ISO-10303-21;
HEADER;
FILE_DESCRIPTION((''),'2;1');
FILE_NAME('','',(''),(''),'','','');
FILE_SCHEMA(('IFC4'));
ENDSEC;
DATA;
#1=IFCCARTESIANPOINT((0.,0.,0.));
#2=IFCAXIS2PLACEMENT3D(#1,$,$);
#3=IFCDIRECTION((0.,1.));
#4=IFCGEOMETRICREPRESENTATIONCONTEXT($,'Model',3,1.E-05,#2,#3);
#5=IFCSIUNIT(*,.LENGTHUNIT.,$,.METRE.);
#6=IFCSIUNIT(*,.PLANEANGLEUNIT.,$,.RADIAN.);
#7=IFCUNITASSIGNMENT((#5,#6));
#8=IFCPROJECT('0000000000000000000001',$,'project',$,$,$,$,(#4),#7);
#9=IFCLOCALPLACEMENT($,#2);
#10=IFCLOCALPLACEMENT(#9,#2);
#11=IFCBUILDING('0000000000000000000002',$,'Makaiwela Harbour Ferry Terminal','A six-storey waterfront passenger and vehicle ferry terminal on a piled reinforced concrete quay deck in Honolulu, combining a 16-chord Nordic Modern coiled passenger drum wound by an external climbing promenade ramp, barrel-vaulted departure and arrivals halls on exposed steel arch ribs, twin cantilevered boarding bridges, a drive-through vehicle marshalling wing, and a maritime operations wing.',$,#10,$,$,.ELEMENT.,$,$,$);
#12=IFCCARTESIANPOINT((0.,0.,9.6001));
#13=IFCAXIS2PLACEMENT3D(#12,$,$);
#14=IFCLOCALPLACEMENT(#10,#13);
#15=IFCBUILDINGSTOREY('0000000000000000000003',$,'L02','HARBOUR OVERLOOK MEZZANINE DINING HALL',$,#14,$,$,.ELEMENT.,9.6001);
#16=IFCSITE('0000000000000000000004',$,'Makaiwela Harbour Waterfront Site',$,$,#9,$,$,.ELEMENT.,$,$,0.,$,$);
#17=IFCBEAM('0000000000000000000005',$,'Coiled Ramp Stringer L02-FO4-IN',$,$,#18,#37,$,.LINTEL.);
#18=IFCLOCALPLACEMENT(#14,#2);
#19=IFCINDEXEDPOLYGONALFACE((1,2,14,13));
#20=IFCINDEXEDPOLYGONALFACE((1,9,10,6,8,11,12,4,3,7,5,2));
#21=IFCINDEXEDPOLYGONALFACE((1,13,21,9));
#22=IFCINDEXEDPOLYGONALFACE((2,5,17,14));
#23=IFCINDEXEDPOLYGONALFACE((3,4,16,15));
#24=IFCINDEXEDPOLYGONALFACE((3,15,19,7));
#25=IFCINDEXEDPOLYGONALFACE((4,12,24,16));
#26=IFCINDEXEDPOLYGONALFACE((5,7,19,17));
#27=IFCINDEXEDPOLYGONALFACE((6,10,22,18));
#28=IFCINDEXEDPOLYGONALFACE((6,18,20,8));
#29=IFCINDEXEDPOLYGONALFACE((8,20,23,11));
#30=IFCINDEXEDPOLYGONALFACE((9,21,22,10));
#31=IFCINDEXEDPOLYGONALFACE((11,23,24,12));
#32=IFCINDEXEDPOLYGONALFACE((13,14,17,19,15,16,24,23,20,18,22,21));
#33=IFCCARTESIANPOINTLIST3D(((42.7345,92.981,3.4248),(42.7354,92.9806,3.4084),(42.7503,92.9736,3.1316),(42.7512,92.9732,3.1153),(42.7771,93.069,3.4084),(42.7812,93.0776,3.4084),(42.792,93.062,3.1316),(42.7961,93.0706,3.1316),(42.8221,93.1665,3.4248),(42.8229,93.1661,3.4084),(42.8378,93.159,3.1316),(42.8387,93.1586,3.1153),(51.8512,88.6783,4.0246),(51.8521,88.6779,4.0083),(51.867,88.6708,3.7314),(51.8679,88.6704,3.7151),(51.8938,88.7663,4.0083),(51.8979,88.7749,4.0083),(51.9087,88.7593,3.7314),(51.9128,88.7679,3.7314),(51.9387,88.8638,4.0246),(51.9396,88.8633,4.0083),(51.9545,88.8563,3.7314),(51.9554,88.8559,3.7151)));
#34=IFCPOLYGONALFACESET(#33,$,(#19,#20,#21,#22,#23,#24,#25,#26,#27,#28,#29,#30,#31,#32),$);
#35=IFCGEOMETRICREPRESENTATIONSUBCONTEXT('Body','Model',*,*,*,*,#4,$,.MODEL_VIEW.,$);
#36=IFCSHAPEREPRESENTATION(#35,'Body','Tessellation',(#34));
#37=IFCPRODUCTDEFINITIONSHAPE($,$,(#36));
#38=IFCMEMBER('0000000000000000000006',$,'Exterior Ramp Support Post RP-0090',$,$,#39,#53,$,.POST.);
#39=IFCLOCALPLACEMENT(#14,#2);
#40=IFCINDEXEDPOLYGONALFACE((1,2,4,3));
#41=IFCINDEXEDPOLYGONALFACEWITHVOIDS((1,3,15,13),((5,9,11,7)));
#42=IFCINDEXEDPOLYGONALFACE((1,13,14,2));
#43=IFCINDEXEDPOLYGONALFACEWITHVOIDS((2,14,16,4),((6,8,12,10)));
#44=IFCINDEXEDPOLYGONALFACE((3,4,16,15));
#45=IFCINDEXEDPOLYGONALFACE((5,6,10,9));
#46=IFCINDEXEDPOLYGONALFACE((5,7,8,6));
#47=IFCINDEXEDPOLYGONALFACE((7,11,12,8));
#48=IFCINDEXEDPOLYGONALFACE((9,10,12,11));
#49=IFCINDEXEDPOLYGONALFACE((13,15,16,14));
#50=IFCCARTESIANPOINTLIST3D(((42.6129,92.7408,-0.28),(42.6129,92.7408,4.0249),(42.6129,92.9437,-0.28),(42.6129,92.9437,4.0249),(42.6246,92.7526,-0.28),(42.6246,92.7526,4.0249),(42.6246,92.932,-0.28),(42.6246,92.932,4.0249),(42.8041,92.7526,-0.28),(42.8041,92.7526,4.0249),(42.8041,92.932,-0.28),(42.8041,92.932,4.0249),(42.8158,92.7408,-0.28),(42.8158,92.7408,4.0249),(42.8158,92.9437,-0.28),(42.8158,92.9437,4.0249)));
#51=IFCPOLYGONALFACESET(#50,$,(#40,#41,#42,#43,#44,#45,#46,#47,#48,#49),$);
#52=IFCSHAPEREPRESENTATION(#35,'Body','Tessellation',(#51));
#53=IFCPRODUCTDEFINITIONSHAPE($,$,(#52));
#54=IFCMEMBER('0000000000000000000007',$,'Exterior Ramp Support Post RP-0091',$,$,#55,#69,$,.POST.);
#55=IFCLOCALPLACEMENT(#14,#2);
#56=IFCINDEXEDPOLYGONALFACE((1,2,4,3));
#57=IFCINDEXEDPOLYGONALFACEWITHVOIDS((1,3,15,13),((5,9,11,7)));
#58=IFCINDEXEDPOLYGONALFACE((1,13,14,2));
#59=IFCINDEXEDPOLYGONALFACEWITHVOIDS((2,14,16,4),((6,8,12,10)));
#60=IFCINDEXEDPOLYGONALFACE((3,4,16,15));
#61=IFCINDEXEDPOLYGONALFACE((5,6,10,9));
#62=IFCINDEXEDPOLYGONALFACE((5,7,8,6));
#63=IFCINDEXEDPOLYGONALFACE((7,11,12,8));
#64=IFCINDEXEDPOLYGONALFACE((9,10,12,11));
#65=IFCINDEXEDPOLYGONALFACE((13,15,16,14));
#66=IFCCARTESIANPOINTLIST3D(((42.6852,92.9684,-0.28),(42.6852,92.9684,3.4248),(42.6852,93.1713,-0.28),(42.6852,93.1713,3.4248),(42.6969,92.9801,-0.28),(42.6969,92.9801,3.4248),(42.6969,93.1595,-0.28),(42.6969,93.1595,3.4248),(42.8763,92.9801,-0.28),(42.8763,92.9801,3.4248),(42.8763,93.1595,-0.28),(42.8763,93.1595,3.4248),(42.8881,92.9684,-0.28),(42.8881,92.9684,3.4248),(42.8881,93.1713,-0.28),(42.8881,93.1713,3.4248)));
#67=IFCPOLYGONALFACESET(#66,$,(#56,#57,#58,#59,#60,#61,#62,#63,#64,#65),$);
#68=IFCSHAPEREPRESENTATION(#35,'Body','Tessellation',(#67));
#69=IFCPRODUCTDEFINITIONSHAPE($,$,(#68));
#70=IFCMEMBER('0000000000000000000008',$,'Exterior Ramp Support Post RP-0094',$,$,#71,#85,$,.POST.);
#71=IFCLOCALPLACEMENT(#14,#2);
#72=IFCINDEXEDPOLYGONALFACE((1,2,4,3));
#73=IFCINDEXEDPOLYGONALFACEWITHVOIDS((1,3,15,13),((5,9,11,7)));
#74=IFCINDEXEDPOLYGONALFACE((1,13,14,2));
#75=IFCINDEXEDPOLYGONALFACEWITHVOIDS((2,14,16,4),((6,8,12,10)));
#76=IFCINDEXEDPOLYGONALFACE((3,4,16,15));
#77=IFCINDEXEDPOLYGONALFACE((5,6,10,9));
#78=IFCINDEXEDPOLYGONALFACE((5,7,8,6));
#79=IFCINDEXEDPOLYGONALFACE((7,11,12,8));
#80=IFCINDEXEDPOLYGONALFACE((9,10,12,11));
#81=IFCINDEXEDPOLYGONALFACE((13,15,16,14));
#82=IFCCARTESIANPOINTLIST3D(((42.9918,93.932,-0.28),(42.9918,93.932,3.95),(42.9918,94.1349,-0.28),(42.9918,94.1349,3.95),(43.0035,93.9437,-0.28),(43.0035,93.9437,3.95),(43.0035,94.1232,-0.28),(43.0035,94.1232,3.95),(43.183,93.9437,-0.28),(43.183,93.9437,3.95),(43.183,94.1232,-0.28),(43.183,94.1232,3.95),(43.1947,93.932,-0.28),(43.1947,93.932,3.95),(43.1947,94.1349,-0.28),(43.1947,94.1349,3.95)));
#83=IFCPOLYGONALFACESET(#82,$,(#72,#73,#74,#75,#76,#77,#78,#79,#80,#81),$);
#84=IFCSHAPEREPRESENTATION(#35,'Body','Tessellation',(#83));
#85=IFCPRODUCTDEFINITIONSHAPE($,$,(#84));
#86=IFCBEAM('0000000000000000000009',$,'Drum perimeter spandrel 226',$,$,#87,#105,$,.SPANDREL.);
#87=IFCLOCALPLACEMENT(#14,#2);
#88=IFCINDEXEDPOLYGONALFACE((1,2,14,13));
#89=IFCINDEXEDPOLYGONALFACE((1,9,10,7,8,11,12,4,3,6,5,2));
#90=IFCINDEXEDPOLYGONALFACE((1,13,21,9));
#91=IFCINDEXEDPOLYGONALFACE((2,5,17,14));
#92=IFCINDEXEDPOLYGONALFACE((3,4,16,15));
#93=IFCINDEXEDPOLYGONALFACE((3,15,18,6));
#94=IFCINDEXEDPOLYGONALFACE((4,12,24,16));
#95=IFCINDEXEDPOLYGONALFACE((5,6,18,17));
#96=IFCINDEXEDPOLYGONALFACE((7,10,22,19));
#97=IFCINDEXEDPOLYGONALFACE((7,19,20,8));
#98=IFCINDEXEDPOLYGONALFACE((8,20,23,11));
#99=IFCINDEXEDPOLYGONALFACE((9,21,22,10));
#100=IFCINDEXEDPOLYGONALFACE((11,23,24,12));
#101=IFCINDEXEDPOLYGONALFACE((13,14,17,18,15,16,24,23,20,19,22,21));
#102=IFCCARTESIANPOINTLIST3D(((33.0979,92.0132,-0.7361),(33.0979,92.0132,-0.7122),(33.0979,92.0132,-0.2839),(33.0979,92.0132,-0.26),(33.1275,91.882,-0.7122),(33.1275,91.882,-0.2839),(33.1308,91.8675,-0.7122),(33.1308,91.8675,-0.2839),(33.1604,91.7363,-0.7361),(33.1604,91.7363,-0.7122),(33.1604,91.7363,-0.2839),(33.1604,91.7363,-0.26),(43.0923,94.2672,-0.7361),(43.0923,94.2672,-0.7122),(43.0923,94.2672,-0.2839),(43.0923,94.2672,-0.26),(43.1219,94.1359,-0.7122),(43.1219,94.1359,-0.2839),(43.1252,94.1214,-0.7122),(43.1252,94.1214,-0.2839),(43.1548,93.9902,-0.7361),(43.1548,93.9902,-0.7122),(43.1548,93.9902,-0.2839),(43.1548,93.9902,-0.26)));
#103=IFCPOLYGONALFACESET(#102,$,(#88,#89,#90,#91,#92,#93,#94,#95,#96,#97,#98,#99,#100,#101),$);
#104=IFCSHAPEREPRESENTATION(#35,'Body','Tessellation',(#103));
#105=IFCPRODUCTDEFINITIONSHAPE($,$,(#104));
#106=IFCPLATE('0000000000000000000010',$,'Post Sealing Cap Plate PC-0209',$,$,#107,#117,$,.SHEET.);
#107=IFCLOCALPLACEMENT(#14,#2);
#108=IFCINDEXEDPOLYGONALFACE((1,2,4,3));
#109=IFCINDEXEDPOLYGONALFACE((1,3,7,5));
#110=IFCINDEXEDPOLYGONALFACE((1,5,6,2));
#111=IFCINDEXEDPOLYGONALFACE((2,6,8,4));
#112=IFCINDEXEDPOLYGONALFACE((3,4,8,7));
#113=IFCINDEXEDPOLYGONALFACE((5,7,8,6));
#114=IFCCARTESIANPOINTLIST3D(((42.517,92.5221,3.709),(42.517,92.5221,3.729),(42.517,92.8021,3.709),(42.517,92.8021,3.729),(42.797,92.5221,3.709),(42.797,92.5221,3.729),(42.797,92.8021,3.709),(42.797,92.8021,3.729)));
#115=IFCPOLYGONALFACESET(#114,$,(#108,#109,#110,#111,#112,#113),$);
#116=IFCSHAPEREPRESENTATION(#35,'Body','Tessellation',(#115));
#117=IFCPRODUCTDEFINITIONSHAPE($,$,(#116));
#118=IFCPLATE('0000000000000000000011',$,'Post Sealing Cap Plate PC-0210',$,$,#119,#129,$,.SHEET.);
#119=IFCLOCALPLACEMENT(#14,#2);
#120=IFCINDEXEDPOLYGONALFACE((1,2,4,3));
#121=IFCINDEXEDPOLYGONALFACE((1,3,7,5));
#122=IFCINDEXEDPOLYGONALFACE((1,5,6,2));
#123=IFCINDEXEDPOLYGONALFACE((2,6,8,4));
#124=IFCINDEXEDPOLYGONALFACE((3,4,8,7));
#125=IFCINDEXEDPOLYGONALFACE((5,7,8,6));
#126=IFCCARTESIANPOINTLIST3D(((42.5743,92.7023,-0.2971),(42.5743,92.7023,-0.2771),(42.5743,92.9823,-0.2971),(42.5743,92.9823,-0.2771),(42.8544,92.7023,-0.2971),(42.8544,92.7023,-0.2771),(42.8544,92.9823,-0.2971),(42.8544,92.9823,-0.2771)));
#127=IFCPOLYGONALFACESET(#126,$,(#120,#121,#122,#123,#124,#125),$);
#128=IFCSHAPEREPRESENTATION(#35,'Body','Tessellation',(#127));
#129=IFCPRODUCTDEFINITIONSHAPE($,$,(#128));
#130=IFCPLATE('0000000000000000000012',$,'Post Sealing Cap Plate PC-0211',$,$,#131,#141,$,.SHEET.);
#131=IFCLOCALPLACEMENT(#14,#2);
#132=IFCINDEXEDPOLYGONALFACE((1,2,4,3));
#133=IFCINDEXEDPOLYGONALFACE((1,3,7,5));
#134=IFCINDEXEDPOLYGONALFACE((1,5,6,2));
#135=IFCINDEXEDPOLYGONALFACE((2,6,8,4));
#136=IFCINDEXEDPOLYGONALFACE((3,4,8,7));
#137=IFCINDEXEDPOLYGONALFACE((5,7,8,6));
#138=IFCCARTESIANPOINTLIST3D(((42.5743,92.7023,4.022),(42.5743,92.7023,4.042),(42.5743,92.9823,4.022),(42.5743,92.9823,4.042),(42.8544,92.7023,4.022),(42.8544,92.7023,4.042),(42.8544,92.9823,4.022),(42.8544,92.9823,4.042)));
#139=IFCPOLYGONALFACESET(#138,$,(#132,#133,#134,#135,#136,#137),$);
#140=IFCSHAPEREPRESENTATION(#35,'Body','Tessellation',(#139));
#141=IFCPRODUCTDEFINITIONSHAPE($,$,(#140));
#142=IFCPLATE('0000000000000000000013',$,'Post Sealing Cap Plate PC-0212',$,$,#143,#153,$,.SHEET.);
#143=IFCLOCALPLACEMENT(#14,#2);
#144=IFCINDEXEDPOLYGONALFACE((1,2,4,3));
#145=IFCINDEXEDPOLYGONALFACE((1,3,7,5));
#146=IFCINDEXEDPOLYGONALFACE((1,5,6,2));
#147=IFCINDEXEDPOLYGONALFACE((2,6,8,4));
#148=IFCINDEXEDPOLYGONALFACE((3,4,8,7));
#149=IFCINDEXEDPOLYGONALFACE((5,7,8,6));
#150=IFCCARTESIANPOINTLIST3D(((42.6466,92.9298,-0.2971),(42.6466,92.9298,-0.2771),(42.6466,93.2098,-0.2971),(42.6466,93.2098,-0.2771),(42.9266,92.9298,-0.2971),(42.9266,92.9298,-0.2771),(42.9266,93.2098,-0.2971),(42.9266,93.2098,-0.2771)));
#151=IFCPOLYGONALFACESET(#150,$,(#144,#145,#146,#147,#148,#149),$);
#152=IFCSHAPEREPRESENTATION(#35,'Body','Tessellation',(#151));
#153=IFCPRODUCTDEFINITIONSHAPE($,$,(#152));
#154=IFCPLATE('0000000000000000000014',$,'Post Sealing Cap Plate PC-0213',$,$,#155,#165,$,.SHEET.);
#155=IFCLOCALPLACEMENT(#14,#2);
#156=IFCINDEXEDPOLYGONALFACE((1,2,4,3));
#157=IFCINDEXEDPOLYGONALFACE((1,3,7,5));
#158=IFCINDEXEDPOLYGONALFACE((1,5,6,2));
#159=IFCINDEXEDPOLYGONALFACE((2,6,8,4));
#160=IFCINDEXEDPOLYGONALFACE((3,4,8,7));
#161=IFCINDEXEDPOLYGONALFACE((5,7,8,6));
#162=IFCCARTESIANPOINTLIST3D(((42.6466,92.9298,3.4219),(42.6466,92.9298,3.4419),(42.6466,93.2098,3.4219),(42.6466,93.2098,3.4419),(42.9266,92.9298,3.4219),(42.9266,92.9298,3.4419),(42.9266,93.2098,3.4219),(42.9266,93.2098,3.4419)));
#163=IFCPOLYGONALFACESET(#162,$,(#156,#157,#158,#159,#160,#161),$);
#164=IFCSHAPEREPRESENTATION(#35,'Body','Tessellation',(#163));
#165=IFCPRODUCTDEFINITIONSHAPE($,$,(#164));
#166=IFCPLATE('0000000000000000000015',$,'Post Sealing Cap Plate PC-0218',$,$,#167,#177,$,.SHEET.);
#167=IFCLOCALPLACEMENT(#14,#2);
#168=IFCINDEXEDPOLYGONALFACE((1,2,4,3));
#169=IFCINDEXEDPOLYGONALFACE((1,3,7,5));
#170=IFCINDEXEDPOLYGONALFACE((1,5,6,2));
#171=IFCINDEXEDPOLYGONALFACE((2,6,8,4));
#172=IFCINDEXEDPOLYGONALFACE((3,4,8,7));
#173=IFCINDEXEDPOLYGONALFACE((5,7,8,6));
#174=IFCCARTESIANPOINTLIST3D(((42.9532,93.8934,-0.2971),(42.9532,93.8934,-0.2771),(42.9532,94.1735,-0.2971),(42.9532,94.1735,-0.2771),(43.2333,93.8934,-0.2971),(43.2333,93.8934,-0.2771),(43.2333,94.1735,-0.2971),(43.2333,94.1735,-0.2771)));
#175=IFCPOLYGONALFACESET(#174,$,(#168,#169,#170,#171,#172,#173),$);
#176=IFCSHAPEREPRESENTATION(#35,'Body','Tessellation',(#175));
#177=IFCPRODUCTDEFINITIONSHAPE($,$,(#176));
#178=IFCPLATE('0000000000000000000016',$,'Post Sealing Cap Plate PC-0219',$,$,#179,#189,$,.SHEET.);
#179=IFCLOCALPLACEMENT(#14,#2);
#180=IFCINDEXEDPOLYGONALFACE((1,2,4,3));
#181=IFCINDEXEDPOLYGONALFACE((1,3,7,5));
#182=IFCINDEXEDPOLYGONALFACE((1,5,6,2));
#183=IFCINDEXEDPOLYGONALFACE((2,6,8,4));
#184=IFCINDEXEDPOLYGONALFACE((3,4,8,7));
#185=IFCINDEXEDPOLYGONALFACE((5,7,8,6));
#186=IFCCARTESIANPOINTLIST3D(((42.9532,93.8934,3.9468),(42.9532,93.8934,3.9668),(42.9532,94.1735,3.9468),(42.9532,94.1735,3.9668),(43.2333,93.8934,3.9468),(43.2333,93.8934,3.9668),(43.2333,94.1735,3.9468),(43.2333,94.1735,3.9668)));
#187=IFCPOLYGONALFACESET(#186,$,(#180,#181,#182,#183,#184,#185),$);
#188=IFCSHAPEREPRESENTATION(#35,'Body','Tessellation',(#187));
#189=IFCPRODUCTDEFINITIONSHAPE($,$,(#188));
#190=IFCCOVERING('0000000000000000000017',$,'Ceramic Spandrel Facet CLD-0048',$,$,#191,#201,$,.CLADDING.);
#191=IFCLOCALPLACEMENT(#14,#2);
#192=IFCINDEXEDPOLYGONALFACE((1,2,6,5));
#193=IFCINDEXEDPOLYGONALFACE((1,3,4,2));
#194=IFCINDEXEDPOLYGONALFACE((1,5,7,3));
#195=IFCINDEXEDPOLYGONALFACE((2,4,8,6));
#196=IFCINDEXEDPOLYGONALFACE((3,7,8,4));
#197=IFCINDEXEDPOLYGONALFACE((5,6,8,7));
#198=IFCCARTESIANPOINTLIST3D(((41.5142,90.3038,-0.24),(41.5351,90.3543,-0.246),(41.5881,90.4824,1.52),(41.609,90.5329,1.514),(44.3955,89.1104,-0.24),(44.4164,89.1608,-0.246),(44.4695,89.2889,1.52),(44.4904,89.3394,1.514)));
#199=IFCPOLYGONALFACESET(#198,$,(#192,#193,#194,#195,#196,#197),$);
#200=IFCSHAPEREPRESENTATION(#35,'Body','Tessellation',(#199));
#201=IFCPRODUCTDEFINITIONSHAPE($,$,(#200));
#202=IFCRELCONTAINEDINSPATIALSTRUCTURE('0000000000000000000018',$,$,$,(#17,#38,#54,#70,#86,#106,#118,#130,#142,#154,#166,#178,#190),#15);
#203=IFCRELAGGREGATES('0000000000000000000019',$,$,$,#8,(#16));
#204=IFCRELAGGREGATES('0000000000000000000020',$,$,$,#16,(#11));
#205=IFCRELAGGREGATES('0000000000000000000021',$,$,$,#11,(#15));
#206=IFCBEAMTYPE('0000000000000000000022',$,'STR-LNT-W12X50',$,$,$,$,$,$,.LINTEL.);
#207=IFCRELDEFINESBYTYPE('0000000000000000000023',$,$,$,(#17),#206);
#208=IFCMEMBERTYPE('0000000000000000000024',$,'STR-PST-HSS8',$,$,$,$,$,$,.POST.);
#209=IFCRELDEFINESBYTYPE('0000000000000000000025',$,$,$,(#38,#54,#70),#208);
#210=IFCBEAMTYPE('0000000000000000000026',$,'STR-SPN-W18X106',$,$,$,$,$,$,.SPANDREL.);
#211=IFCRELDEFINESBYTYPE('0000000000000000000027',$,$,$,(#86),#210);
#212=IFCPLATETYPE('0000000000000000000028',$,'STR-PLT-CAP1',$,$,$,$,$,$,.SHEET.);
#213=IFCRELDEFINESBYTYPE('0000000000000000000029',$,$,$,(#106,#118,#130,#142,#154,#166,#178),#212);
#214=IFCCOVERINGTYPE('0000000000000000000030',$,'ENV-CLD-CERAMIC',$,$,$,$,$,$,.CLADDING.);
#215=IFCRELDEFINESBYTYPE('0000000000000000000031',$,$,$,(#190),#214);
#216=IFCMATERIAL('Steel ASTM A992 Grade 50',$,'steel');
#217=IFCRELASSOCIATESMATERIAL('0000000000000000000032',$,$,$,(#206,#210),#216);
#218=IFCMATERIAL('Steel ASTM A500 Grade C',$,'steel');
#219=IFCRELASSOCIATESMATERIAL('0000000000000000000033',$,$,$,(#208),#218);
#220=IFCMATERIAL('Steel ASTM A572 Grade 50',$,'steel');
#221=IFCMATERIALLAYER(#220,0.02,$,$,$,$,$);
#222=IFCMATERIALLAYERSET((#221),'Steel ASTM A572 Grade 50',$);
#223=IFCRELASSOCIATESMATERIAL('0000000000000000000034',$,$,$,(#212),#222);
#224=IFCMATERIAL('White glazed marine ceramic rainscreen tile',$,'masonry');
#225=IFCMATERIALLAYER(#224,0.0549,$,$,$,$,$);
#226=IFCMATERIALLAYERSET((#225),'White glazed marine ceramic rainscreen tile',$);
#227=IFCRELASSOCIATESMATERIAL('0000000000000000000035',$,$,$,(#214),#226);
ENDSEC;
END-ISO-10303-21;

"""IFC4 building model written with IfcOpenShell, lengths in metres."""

from ifc_helpers import new_model, si_unit, direction, frame, origin, origin_2d, place, context, subcontext, project, spatial, polyline, rectangle, hollow_rectangle, i_section, outline, extrude, material, layer, layer_set, material_profile, profile_set, type_object, element, save


model = new_model("IFC4")

# Units and contexts
model_context = context("Model", 3, precision=1e-05, world=origin(), true_north=direction((0.0, 1.0)))
body_context = subcontext(model_context, "Body", "Model", "MODEL_VIEW")
ifc_project = project(units=[si_unit("LENGTHUNIT", "METRE"), si_unit("PLANEANGLEUNIT", "RADIAN")], contexts=[model_context])

# Site, building, storey
site_placement = place(None, origin())
site = spatial("IfcSite", under=ifc_project, at=site_placement, Name="Makaiwela Harbour Waterfront Site", CompositionType="ELEMENT", RefElevation=0.0)
building_placement = place(site_placement, origin())
building = spatial("IfcBuilding", under=site, at=building_placement, Name="Makaiwela Harbour Ferry Terminal", Description="A six-storey waterfront passenger and vehicle ferry terminal on a piled reinforced concrete quay deck in Honolulu, combining a 16-chord Nordic Modern coiled passenger drum wound by an external climbing promenade ramp, barrel-vaulted departure and arrivals halls on exposed steel arch ribs, twin cantilevered boarding bridges, a drive-through vehicle marshalling wing, and a maritime operations wing.", CompositionType="ELEMENT")
storey_placement = place(building_placement, frame((0.0, 0.0, 9.6001)))
storey = spatial("IfcBuildingStorey", under=building, at=storey_placement, Name="L02", Description="HARBOUR OVERLOOK MEZZANINE DINING HALL", CompositionType="ELEMENT", Elevation=9.6001)

# Beam
ifc_material_1 = material(Name="Steel ASTM A992 Grade 50", Category="steel")
ifc_material_profile_1 = material_profile(ifc_material_1, i_section(OverallWidth=0.2051, OverallDepth=0.3101, WebThickness=0.0095, FlangeThickness=0.0164, at=origin_2d()), Name="W12X50")
ifc_profile_set_1 = profile_set([ifc_material_profile_1], Name="Steel ASTM A992 Grade 50")
beam_type_1 = type_object("IfcBeamType", Name="STR-LNT-W12X50", PredefinedType="LINTEL", material=ifc_profile_set_1)
beam_1_placement = place(storey_placement, frame((42.7866, 93.0698, 3.27), z_axis=(0.902743, -0.42606, 0.059398), x_axis=(0.426814, 0.90434, 0.0)))
element("IfcBeam", 1, at=beam_1_placement, inside=storey, type_object=beam_type_1, Name="Coiled Ramp Stringer L02-FO4-IN", PredefinedType="LINTEL", context=body_context, shape_type="SweptSolid", body=[
    extrude(i_section(OverallWidth=0.2051, OverallDepth=0.3101, WebThickness=0.0095, FlangeThickness=0.0164, at=origin_2d()), origin(), (0.0, 0.0, 1.0), 10.0989),
])

# Members
ifc_material_2 = material(Name="Steel ASTM A500 Grade C", Category="steel")
ifc_material_profile_2 = material_profile(ifc_material_2, hollow_rectangle(XDim=0.2029, YDim=0.2029, WallThickness=0.0117, at=origin_2d()), Name="HSS8X8X1/2")
ifc_profile_set_2 = profile_set([ifc_material_profile_2], Name="Steel ASTM A500 Grade C")
member_type = type_object("IfcMemberType", Name="STR-PST-HSS8", PredefinedType="POST", material=ifc_profile_set_2)
member_1_placement = place(storey_placement, frame((42.7144, 92.8423, -0.28), z_axis=(0.0, 0.0, 1.0), x_axis=(1.0, 0.0, 0.0)))
element("IfcMember", 2, at=member_1_placement, inside=storey, type_object=member_type, Name="Exterior Ramp Support Post RP-0090", PredefinedType="POST", context=body_context, shape_type="SweptSolid", body=[
    extrude(hollow_rectangle(XDim=0.2029, YDim=0.2029, WallThickness=0.0117, at=origin_2d()), origin(), (0.0, 0.0, 1.0), 4.3049),
])
member_2_placement = place(storey_placement, frame((42.7866, 93.0698, -0.28), z_axis=(0.0, 0.0, 1.0), x_axis=(1.0, 0.0, 0.0)))
element("IfcMember", 3, at=member_2_placement, inside=storey, type_object=member_type, Name="Exterior Ramp Support Post RP-0091", PredefinedType="POST", context=body_context, shape_type="SweptSolid", body=[
    extrude(hollow_rectangle(XDim=0.2029, YDim=0.2029, WallThickness=0.0117, at=origin_2d()), origin(), (0.0, 0.0, 1.0), 3.7048),
])
member_3_placement = place(storey_placement, frame((43.0933, 94.0334, -0.28), z_axis=(0.0, 0.0, 1.0), x_axis=(1.0, 0.0, 0.0)))
element("IfcMember", 4, at=member_3_placement, inside=storey, type_object=member_type, Name="Exterior Ramp Support Post RP-0094", PredefinedType="POST", context=body_context, shape_type="SweptSolid", body=[
    extrude(hollow_rectangle(XDim=0.2029, YDim=0.2029, WallThickness=0.0117, at=origin_2d()), origin(), (0.0, 0.0, 1.0), 4.23),
])

# Beam
ifc_material_profile_3 = material_profile(ifc_material_1, i_section(OverallWidth=0.2839, OverallDepth=0.4761, WebThickness=0.0149, FlangeThickness=0.0239, at=origin_2d()), Name="W18X106")
ifc_profile_set_3 = profile_set([ifc_material_profile_3], Name="Steel ASTM A992 Grade 50")
beam_type_2 = type_object("IfcBeamType", Name="STR-SPN-W18X106", PredefinedType="SPANDREL", material=ifc_profile_set_3)
beam_2_placement = place(storey_placement, frame((43.1235, 94.1287, -0.498), z_axis=(-0.975502, -0.219992, 0.0), x_axis=(0.219992, -0.975502, 0.0)))
element("IfcBeam", 5, at=beam_2_placement, inside=storey, type_object=beam_type_2, Name="Drum perimeter spandrel 226", PredefinedType="SPANDREL", context=body_context, shape_type="SweptSolid", body=[
    extrude(i_section(OverallWidth=0.2839, OverallDepth=0.4761, WebThickness=0.0149, FlangeThickness=0.0239, at=origin_2d()), origin(), (0.0, 0.0, 1.0), 10.2454),
])

# Plates
ifc_material_3 = material(Name="Steel ASTM A572 Grade 50", Category="steel")
ifc_layer_1 = layer(ifc_material_3, 0.02)
ifc_layer_set_1 = layer_set([ifc_layer_1], Name="Steel ASTM A572 Grade 50")
plate_type = type_object("IfcPlateType", Name="STR-PLT-CAP1", PredefinedType="SHEET", material=ifc_layer_set_1)
for number, where, z_axis, x_axis, name in (
    (6, (42.657, 92.6621, 3.709), (0.0, 0.0, 1.0), (1.0, 0.0, 0.0), "Post Sealing Cap Plate PC-0209"),
    (7, (42.7144, 92.8423, -0.2971), (0.0, 0.0, 1.0), (1.0, 0.0, 0.0), "Post Sealing Cap Plate PC-0210"),
    (8, (42.7144, 92.8423, 4.022), (0.0, 0.0, 1.0), (1.0, 0.0, 0.0), "Post Sealing Cap Plate PC-0211"),
    (9, (42.7866, 93.0698, -0.2971), (0.0, 0.0, 1.0), (1.0, 0.0, 0.0), "Post Sealing Cap Plate PC-0212"),
    (10, (42.7866, 93.0698, 3.4219), (0.0, 0.0, 1.0), (1.0, 0.0, 0.0), "Post Sealing Cap Plate PC-0213"),
    (11, (43.0933, 94.0334, -0.2971), (0.0, 0.0, 1.0), (1.0, 0.0, 0.0), "Post Sealing Cap Plate PC-0218"),
    (12, (43.0933, 94.0334, 3.9468), (0.0, 0.0, 1.0), (1.0, 0.0, 0.0), "Post Sealing Cap Plate PC-0219"),
):
    element("IfcPlate", number, at=place(storey_placement, frame(where, z_axis=z_axis, x_axis=x_axis)), inside=storey, type_object=plate_type, Name=name, PredefinedType="SHEET", context=body_context, shape_type="SweptSolid", body=[
        extrude(rectangle(XDim=0.28, YDim=0.28, at=origin_2d()), origin(), (0.0, 0.0, 1.0), 0.02),
    ])

# Covering
ifc_material_4 = material(Name="White glazed marine ceramic rainscreen tile", Category="masonry")
ifc_layer_2 = layer(ifc_material_4, 0.0549)
ifc_layer_set_2 = layer_set([ifc_layer_2], Name="White glazed marine ceramic rainscreen tile")
covering_type = type_object("IfcCoveringType", Name="ENV-CLD-CERAMIC", PredefinedType="CLADDING", material=ifc_layer_set_2)
covering_1_placement = place(storey_placement, frame((44.3955, 89.1104, -0.24), z_axis=(-0.380393, -0.918358, 0.109174), x_axis=(-0.923881, 0.38268, -0.000004)))
element("IfcCovering", 13, at=covering_1_placement, inside=storey, type_object=covering_type, Name="Ceramic Spandrel Facet CLD-0048", PredefinedType="CLADDING", context=body_context, shape_type="SweptSolid", body=[
    extrude(outline(polyline([(0.0, 0.0), (3.1187, 0.0), (3.1187, -1.7706), (-0.0001, -1.7706), (0.0, 0.0)])), origin(), (0.0, 0.0, -1.0), 0.0549),
])

save(model, "model.ifc")
